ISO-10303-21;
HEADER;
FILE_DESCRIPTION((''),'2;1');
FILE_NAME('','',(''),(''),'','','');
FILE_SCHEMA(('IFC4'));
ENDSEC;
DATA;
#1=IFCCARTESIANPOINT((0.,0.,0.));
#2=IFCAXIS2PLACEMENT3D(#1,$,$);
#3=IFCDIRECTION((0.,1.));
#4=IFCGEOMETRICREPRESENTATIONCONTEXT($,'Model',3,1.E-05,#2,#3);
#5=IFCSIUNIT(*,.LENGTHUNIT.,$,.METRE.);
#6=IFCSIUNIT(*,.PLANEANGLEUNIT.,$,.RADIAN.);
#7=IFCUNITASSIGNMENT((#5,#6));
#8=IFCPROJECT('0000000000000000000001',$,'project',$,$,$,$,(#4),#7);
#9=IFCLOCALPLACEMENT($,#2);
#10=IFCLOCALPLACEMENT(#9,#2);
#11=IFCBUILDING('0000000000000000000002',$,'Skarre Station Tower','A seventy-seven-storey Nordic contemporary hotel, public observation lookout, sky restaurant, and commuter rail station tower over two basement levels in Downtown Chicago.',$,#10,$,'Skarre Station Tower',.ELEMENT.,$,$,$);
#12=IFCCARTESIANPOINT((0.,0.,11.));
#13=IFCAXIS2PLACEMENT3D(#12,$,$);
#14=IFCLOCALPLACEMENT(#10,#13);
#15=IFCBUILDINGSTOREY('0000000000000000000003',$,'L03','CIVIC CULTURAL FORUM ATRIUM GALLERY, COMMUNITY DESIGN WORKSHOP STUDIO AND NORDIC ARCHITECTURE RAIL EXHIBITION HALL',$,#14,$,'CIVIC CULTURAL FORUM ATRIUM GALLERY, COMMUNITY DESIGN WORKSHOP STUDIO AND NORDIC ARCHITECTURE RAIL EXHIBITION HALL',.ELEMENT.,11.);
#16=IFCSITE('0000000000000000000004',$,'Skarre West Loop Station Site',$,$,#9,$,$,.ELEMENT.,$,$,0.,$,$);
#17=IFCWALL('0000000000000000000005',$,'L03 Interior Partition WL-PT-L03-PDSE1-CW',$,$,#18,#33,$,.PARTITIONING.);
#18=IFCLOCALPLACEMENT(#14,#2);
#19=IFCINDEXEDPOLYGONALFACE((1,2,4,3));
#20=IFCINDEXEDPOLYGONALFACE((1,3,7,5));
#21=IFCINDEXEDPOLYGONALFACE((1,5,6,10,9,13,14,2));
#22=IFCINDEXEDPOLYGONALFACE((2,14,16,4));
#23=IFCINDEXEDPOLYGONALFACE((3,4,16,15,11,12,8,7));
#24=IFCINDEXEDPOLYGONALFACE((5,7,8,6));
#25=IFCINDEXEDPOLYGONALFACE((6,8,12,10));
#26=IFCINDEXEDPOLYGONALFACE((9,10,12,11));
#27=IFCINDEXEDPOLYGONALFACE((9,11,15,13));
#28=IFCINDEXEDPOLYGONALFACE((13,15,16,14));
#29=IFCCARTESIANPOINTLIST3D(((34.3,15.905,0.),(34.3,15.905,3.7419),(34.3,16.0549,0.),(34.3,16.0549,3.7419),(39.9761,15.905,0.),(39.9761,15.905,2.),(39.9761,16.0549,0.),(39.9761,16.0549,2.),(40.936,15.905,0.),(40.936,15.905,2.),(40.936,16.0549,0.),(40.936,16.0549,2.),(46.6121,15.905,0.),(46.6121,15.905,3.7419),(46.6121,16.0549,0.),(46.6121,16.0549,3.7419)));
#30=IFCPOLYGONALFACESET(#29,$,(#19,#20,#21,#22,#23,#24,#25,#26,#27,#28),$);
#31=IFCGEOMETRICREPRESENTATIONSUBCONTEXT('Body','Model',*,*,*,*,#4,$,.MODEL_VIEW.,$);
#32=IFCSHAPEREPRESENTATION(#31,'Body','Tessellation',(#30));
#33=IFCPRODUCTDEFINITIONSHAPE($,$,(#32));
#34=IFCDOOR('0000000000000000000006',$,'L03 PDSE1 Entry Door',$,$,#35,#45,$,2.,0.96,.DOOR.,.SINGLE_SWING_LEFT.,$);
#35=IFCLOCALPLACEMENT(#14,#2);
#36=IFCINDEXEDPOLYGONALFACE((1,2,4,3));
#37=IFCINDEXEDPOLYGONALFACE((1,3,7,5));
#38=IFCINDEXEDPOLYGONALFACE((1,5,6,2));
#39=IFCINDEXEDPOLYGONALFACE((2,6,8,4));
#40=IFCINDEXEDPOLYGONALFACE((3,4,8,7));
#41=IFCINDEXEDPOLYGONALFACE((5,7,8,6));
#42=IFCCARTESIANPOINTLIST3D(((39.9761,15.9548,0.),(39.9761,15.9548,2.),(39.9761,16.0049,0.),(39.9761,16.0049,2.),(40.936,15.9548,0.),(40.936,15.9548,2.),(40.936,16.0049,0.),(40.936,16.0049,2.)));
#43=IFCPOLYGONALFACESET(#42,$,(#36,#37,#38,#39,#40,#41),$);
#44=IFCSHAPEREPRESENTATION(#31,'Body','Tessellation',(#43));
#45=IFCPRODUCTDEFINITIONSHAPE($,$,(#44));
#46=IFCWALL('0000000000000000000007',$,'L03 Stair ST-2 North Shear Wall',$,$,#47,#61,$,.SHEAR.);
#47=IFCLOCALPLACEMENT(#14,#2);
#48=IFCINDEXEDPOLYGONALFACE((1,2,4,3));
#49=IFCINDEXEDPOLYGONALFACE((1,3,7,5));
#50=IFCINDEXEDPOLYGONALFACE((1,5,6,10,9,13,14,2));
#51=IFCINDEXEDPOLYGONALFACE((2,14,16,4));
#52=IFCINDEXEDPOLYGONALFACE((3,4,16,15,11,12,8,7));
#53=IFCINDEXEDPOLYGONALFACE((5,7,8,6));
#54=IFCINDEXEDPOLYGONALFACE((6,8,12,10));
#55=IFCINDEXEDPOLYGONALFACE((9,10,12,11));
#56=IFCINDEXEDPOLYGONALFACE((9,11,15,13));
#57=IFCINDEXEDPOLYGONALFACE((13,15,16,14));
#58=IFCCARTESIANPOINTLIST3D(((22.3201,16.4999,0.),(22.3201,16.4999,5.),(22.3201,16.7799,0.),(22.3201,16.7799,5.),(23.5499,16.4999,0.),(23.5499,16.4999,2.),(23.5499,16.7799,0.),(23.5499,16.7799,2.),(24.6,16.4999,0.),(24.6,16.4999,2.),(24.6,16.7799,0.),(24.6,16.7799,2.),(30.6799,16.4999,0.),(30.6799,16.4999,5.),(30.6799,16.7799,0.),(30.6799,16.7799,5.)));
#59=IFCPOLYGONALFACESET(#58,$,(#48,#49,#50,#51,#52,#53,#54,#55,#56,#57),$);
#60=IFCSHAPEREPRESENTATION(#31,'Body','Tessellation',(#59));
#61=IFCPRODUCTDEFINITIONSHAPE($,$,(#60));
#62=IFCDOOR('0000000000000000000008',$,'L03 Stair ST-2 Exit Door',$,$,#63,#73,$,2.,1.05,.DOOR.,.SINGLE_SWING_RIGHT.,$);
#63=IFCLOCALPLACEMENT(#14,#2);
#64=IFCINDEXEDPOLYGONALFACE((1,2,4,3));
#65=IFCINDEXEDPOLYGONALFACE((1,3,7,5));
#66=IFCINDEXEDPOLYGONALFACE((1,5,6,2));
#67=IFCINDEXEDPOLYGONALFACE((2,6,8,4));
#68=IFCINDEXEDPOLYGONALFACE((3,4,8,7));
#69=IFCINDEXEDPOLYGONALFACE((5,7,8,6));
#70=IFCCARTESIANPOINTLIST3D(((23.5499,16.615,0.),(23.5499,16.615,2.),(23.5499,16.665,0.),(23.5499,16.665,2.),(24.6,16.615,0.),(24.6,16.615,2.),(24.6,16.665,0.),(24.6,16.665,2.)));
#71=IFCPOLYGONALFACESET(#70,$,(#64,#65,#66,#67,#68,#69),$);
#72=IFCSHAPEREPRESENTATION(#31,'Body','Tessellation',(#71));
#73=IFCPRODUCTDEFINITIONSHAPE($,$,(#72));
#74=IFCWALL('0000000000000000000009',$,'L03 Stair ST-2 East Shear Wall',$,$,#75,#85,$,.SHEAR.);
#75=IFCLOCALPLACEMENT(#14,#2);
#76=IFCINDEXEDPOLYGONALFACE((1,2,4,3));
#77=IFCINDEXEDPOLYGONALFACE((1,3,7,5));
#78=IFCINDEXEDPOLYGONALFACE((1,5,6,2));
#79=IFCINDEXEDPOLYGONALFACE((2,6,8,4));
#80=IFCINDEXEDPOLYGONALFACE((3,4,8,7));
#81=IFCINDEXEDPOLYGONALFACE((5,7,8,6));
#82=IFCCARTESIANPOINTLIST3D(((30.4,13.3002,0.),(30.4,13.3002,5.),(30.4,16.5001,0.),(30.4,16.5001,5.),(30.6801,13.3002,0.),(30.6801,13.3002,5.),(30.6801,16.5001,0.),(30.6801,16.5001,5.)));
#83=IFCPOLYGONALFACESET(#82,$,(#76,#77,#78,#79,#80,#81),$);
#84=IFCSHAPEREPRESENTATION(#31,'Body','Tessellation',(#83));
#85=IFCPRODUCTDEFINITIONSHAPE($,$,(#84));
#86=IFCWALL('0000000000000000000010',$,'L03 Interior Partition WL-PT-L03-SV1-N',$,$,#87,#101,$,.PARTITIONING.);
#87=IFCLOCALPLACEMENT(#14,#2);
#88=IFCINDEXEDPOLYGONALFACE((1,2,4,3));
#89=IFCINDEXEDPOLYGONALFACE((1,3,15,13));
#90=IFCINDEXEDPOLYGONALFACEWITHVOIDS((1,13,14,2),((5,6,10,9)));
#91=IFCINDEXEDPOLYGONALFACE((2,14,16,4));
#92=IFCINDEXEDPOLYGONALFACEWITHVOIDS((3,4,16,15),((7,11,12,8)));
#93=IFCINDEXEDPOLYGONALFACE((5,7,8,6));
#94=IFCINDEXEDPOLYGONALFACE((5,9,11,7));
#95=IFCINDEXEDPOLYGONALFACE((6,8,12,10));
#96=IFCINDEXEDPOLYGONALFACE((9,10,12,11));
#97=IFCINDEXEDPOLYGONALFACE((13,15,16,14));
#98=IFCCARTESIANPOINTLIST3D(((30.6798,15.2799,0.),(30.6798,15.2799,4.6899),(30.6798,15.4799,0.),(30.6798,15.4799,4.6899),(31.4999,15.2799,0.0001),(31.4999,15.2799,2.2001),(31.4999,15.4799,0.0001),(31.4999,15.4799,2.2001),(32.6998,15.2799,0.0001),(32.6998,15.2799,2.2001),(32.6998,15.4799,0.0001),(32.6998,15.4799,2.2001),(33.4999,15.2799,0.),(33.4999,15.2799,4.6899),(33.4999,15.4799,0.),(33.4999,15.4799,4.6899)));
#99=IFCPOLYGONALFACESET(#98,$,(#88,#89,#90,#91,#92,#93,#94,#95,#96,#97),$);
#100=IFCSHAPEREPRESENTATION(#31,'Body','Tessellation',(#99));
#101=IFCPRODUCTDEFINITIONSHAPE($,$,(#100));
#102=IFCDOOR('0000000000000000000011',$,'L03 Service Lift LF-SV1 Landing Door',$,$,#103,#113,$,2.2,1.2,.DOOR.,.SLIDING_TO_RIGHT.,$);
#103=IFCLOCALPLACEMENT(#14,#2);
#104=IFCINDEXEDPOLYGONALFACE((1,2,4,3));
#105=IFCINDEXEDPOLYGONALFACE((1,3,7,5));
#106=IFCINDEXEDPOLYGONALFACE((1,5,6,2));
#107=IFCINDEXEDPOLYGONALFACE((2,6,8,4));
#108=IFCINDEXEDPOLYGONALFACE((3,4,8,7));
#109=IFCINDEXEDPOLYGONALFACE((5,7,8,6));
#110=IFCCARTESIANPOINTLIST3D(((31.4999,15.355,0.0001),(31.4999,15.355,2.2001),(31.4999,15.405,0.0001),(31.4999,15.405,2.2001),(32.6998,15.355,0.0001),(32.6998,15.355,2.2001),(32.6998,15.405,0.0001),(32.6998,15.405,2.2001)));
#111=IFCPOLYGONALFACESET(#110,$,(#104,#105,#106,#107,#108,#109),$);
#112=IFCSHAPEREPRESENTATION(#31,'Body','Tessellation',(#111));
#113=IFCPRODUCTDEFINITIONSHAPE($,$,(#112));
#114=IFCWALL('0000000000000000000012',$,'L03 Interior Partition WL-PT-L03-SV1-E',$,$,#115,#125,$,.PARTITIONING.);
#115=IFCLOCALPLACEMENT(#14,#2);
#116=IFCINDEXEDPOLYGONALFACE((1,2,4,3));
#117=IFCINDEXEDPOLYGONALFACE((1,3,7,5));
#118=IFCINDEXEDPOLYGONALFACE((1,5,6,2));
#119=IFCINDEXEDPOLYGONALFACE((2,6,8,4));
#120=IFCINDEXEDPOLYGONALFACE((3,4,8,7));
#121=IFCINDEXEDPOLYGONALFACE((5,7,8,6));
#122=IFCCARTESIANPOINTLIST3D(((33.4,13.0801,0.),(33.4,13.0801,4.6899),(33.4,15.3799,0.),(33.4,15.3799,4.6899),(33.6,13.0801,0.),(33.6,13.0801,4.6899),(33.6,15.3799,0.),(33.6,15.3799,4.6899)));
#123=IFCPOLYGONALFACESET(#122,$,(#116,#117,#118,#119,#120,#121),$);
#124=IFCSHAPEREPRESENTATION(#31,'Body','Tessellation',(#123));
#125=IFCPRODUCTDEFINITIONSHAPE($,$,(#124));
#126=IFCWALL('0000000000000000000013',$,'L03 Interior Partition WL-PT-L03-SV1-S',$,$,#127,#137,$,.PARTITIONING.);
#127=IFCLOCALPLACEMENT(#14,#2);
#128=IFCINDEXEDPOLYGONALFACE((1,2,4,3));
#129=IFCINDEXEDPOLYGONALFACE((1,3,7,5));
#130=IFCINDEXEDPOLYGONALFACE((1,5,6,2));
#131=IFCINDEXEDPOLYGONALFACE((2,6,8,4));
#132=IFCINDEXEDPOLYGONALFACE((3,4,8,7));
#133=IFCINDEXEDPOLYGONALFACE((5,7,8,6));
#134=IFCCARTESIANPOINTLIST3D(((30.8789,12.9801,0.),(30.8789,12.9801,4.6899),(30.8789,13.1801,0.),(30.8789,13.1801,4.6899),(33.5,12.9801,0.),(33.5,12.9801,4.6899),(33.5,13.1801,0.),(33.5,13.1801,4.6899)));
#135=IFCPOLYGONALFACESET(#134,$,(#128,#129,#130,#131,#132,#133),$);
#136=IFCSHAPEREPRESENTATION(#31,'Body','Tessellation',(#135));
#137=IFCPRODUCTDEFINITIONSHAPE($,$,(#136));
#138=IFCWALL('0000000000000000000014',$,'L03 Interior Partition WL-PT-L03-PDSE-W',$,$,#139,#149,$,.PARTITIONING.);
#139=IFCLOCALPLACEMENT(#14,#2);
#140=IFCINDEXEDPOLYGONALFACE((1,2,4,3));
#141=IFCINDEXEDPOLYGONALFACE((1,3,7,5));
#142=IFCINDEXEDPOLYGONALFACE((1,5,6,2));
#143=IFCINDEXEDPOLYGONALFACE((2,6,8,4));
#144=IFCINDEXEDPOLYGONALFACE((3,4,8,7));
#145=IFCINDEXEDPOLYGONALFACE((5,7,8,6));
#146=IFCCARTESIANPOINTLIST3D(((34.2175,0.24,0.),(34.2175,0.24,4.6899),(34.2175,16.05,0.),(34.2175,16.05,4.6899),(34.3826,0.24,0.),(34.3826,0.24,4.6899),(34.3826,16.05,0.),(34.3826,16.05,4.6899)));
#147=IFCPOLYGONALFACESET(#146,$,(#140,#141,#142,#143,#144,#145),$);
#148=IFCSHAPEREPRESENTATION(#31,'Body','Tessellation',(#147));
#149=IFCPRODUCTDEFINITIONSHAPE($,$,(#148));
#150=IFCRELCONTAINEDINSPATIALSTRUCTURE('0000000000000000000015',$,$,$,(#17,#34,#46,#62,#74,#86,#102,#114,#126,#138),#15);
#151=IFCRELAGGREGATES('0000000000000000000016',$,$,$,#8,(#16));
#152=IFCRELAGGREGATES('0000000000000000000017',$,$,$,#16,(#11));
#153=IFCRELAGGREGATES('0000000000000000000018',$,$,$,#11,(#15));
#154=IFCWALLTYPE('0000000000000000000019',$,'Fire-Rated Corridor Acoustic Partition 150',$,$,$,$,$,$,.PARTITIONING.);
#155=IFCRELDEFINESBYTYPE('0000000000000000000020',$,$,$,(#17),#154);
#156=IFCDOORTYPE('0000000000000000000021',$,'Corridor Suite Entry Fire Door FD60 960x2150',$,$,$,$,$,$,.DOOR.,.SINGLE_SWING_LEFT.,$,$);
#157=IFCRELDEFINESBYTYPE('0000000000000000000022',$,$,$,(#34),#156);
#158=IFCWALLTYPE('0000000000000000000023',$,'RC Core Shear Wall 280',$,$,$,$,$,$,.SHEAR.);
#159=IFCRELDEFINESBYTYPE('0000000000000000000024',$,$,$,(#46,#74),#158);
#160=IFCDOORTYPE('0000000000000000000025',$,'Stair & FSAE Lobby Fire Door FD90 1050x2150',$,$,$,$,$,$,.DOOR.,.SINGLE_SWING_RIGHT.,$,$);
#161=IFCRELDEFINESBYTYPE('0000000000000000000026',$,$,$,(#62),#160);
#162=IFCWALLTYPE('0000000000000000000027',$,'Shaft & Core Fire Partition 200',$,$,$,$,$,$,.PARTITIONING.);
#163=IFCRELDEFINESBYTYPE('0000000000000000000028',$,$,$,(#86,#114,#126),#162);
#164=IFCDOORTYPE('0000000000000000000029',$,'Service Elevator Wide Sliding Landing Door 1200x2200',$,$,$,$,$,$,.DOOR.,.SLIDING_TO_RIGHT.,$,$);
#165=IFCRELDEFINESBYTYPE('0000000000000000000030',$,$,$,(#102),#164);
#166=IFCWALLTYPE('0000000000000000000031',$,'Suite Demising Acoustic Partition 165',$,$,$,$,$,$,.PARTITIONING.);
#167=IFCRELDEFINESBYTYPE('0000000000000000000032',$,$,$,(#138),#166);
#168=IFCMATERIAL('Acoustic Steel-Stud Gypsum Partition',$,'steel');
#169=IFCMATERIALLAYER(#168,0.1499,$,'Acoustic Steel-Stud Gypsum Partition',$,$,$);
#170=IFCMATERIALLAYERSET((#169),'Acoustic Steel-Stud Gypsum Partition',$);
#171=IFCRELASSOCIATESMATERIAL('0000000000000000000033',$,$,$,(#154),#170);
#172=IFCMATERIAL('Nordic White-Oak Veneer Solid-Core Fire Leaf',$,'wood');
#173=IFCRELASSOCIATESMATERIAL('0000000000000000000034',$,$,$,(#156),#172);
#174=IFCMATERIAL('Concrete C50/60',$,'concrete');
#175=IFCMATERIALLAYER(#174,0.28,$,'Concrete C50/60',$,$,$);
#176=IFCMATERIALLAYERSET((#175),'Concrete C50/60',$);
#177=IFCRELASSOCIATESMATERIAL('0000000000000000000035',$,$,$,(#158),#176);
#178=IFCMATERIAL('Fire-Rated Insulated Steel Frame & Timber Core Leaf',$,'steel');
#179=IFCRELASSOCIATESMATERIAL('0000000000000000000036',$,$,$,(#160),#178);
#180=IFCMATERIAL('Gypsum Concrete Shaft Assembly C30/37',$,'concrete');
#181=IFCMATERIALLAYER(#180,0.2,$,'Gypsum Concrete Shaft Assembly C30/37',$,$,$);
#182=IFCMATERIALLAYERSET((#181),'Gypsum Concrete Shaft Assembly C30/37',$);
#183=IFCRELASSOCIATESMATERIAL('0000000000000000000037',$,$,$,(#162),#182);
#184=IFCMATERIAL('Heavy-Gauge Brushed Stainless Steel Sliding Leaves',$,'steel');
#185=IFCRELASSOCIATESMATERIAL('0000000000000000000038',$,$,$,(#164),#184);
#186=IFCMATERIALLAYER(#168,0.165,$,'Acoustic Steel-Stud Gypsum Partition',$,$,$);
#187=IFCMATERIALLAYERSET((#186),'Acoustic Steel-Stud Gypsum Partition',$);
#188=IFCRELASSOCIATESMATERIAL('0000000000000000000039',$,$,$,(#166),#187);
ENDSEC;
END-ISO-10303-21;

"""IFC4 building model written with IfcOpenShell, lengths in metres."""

from ifc_helpers import new_model, si_unit, direction, frame, frame_2d, origin, place, context, subcontext, project, spatial, rectangle, extrude, material, layer, layer_set, type_object, element, fill, save


model = new_model("IFC4")

# Units and contexts
model_context = context("Model", 3, precision=1e-05, world=origin(), true_north=direction((0.0, 1.0)))
body_context = subcontext(model_context, "Body", "Model", "MODEL_VIEW")
ifc_project = project(units=[si_unit("LENGTHUNIT", "METRE"), si_unit("PLANEANGLEUNIT", "RADIAN")], contexts=[model_context])

# Site, building, storey
site_placement = place(None, origin())
site = spatial("IfcSite", under=ifc_project, at=site_placement, Name="Skarre West Loop Station Site", CompositionType="ELEMENT", RefElevation=0.0)
building_placement = place(site_placement, origin())
building = spatial("IfcBuilding", under=site, at=building_placement, Name="Skarre Station Tower", Description="A seventy-seven-storey Nordic contemporary hotel, public observation lookout, sky restaurant, and commuter rail station tower over two basement levels in Downtown Chicago.", LongName="Skarre Station Tower", CompositionType="ELEMENT")
storey_placement = place(building_placement, frame((0.0, 0.0, 11.0)))
storey = spatial("IfcBuildingStorey", under=building, at=storey_placement, Name="L03", Description="CIVIC CULTURAL FORUM ATRIUM GALLERY, COMMUNITY DESIGN WORKSHOP STUDIO AND NORDIC ARCHITECTURE RAIL EXHIBITION HALL", LongName="CIVIC CULTURAL FORUM ATRIUM GALLERY, COMMUNITY DESIGN WORKSHOP STUDIO AND NORDIC ARCHITECTURE RAIL EXHIBITION HALL", CompositionType="ELEMENT", Elevation=11.0)

# Walls, openings, doors
ifc_material_1 = material(Name="Acoustic Steel-Stud Gypsum Partition", Category="steel")
ifc_layer_1 = layer(ifc_material_1, 0.1499, Name="Acoustic Steel-Stud Gypsum Partition")
ifc_layer_set_1 = layer_set([ifc_layer_1], Name="Acoustic Steel-Stud Gypsum Partition")
wall_type_1 = type_object("IfcWallType", Name="Fire-Rated Corridor Acoustic Partition 150", PredefinedType="PARTITIONING", material=ifc_layer_set_1)
wall_1_placement = place(storey_placement, frame((34.3, 15.98, 0.0), z_axis=(0.0, 0.0, 1.0), x_axis=(1.0, 0.0, 0.0)))
wall_1 = element("IfcWall", 1, at=wall_1_placement, inside=storey, type_object=wall_type_1, Name="L03 Interior Partition WL-PT-L03-PDSE1-CW", PredefinedType="PARTITIONING", context=body_context, shape_type="SweptSolid", body=[
    extrude(rectangle(XDim=12.312, YDim=0.1499, at=frame_2d((6.156, 0.0))), origin(), (0.0, 0.0, 1.0), 3.7419),
])
opening_1_placement = place(wall_1_placement, frame((5.676, 0.0, 0.0)))
opening_1 = element("IfcOpeningElement", 2, at=opening_1_placement, cuts=wall_1, PredefinedType="OPENING", context=body_context, shape_type="SweptSolid", body=[
    extrude(rectangle(XDim=0.96, YDim=2.0, at=frame_2d((0.48, 1.0))), frame((0.0, 0.085, 0.0), z_axis=(0.0, -1.0, 0.0), x_axis=(1.0, 0.0, 0.0)), (0.0, 0.0, 1.0), 0.1699),
])
ifc_material_2 = material(Name="Nordic White-Oak Veneer Solid-Core Fire Leaf", Category="wood")
door_type_1 = type_object("IfcDoorType", Name="Corridor Suite Entry Fire Door FD60 960x2150", OperationType="SINGLE_SWING_LEFT", PredefinedType="DOOR", material=ifc_material_2)
door_1_placement = place(opening_1_placement, origin())
door_1 = element("IfcDoor", 3, at=door_1_placement, inside=storey, type_object=door_type_1, Name="L03 PDSE1 Entry Door", OperationType="SINGLE_SWING_LEFT", OverallHeight=2.0, OverallWidth=0.96, PredefinedType="DOOR", context=body_context, shape_type="SweptSolid", body=[
    extrude(rectangle(XDim=0.96, YDim=2.0, at=frame_2d((0.48, 1.0))), frame((0.0, 0.0249, 0.0), z_axis=(0.0, -1.0, 0.0), x_axis=(1.0, 0.0, 0.0)), (0.0, 0.0, 1.0), 0.05),
])
fill(opening_1, door_1)
ifc_material_3 = material(Name="Concrete C50/60", Category="concrete")
ifc_layer_2 = layer(ifc_material_3, 0.28, Name="Concrete C50/60")
ifc_layer_set_2 = layer_set([ifc_layer_2], Name="Concrete C50/60")
wall_type_2 = type_object("IfcWallType", Name="RC Core Shear Wall 280", PredefinedType="SHEAR", material=ifc_layer_set_2)
wall_2_placement = place(storey_placement, frame((30.6799, 16.6399, 0.0), z_axis=(0.0, 0.0, 1.0), x_axis=(-1.0, 0.0, 0.0)))
wall_2 = element("IfcWall", 4, at=wall_2_placement, inside=storey, type_object=wall_type_2, Name="L03 Stair ST-2 North Shear Wall", PredefinedType="SHEAR", context=body_context, shape_type="SweptSolid", body=[
    extrude(rectangle(XDim=8.3599, YDim=0.28, at=frame_2d((4.1799, 0.0))), origin(), (0.0, 0.0, 1.0), 5.0),
])
opening_2_placement = place(wall_2_placement, frame((6.0801, 0.0, 0.0)))
opening_2 = element("IfcOpeningElement", 5, at=opening_2_placement, cuts=wall_2, PredefinedType="OPENING", context=body_context, shape_type="SweptSolid", body=[
    extrude(rectangle(XDim=1.05, YDim=2.0, at=frame_2d((0.5249, 1.0))), frame((0.0, 0.1499, 0.0), z_axis=(0.0, -1.0, 0.0), x_axis=(1.0, 0.0, 0.0)), (0.0, 0.0, 1.0), 0.3),
])
ifc_material_4 = material(Name="Fire-Rated Insulated Steel Frame & Timber Core Leaf", Category="steel")
door_type_2 = type_object("IfcDoorType", Name="Stair & FSAE Lobby Fire Door FD90 1050x2150", OperationType="SINGLE_SWING_RIGHT", PredefinedType="DOOR", material=ifc_material_4)
door_2_placement = place(opening_2_placement, origin())
door_2 = element("IfcDoor", 6, at=door_2_placement, inside=storey, type_object=door_type_2, Name="L03 Stair ST-2 Exit Door", OperationType="SINGLE_SWING_RIGHT", OverallHeight=2.0, OverallWidth=1.05, PredefinedType="DOOR", context=body_context, shape_type="SweptSolid", body=[
    extrude(rectangle(XDim=1.05, YDim=2.0, at=frame_2d((0.5249, 1.0))), frame((0.0, 0.0249, 0.0), z_axis=(0.0, -1.0, 0.0), x_axis=(1.0, 0.0, 0.0)), (0.0, 0.0, 1.0), 0.05),
])
fill(opening_2, door_2)

# Wall
wall_3_placement = place(storey_placement, frame((30.54, 13.3, 0.0), z_axis=(0.0, 0.0, 1.0), x_axis=(0.0, 1.0, 0.0)))
element("IfcWall", 7, at=wall_3_placement, inside=storey, type_object=wall_type_2, Name="L03 Stair ST-2 East Shear Wall", PredefinedType="SHEAR", context=body_context, shape_type="SweptSolid", body=[
    extrude(rectangle(XDim=3.2, YDim=0.28, at=frame_2d((1.6001, 0.0))), origin(), (0.0, 0.0, 1.0), 5.0),
])

# Wall, opening, door
ifc_material_5 = material(Name="Gypsum Concrete Shaft Assembly C30/37", Category="concrete")
ifc_layer_3 = layer(ifc_material_5, 0.2, Name="Gypsum Concrete Shaft Assembly C30/37")
ifc_layer_set_3 = layer_set([ifc_layer_3], Name="Gypsum Concrete Shaft Assembly C30/37")
wall_type_3 = type_object("IfcWallType", Name="Shaft & Core Fire Partition 200", PredefinedType="PARTITIONING", material=ifc_layer_set_3)
wall_4_placement = place(storey_placement, frame((33.5, 15.3799, 0.0), z_axis=(0.0, 0.0, 1.0), x_axis=(-1.0, 0.0, 0.0)))
wall_4 = element("IfcWall", 8, at=wall_4_placement, inside=storey, type_object=wall_type_3, Name="L03 Interior Partition WL-PT-L03-SV1-N", PredefinedType="PARTITIONING", context=body_context, shape_type="SweptSolid", body=[
    extrude(rectangle(XDim=2.8201, YDim=0.2, at=frame_2d((1.4102, 0.0))), origin(), (0.0, 0.0, 1.0), 4.6899),
])
opening_3_placement = place(wall_4_placement, frame((0.8, 0.0, 0.0)))
opening_3 = element("IfcOpeningElement", 9, at=opening_3_placement, cuts=wall_4, PredefinedType="OPENING", context=body_context, shape_type="SweptSolid", body=[
    extrude(rectangle(XDim=1.2, YDim=2.2, at=frame_2d((0.6001, 1.1001))), frame((0.0, 0.1099, 0.0), z_axis=(0.0, -1.0, 0.0), x_axis=(1.0, 0.0, 0.0)), (0.0, 0.0, 1.0), 0.22),
])
ifc_material_6 = material(Name="Heavy-Gauge Brushed Stainless Steel Sliding Leaves", Category="steel")
door_type_3 = type_object("IfcDoorType", Name="Service Elevator Wide Sliding Landing Door 1200x2200", OperationType="SLIDING_TO_RIGHT", PredefinedType="DOOR", material=ifc_material_6)
door_3_placement = place(opening_3_placement, origin())
door_3 = element("IfcDoor", 10, at=door_3_placement, inside=storey, type_object=door_type_3, Name="L03 Service Lift LF-SV1 Landing Door", OperationType="SLIDING_TO_RIGHT", OverallHeight=2.2, OverallWidth=1.2, PredefinedType="DOOR", context=body_context, shape_type="SweptSolid", body=[
    extrude(rectangle(XDim=1.2, YDim=2.2, at=frame_2d((0.6001, 1.1001))), frame((0.0, 0.0249, 0.0), z_axis=(0.0, -1.0, 0.0), x_axis=(1.0, 0.0, 0.0)), (0.0, 0.0, 1.0), 0.05),
])
fill(opening_3, door_3)

# Walls
wall_5_placement = place(storey_placement, frame((33.5, 13.0801, 0.0), z_axis=(0.0, 0.0, 1.0), x_axis=(0.0, 1.0, 0.0)))
element("IfcWall", 11, at=wall_5_placement, inside=storey, type_object=wall_type_3, Name="L03 Interior Partition WL-PT-L03-SV1-E", PredefinedType="PARTITIONING", context=body_context, shape_type="SweptSolid", body=[
    extrude(rectangle(XDim=2.2998, YDim=0.2, at=frame_2d((1.1499, 0.0))), origin(), (0.0, 0.0, 1.0), 4.6899),
])
wall_6_placement = place(storey_placement, frame((30.8789, 13.0801, 0.0), z_axis=(0.0, 0.0, 1.0), x_axis=(1.0, 0.0, 0.0)))
element("IfcWall", 12, at=wall_6_placement, inside=storey, type_object=wall_type_3, Name="L03 Interior Partition WL-PT-L03-SV1-S", PredefinedType="PARTITIONING", context=body_context, shape_type="SweptSolid", body=[
    extrude(rectangle(XDim=2.6211, YDim=0.2, at=frame_2d((1.3105, 0.0))), origin(), (0.0, 0.0, 1.0), 4.6899),
])
ifc_layer_4 = layer(ifc_material_1, 0.165, Name="Acoustic Steel-Stud Gypsum Partition")
ifc_layer_set_4 = layer_set([ifc_layer_4], Name="Acoustic Steel-Stud Gypsum Partition")
wall_type_4 = type_object("IfcWallType", Name="Suite Demising Acoustic Partition 165", PredefinedType="PARTITIONING", material=ifc_layer_set_4)
wall_7_placement = place(storey_placement, frame((34.3, 0.24, 0.0), z_axis=(0.0, 0.0, 1.0), x_axis=(0.0, 1.0, 0.0)))
element("IfcWall", 13, at=wall_7_placement, inside=storey, type_object=wall_type_4, Name="L03 Interior Partition WL-PT-L03-PDSE-W", PredefinedType="PARTITIONING", context=body_context, shape_type="SweptSolid", body=[
    extrude(rectangle(XDim=15.8101, YDim=0.165, at=frame_2d((7.905, 0.0))), origin(), (0.0, 0.0, 1.0), 4.6899),
])

save(model, "model.ifc")
